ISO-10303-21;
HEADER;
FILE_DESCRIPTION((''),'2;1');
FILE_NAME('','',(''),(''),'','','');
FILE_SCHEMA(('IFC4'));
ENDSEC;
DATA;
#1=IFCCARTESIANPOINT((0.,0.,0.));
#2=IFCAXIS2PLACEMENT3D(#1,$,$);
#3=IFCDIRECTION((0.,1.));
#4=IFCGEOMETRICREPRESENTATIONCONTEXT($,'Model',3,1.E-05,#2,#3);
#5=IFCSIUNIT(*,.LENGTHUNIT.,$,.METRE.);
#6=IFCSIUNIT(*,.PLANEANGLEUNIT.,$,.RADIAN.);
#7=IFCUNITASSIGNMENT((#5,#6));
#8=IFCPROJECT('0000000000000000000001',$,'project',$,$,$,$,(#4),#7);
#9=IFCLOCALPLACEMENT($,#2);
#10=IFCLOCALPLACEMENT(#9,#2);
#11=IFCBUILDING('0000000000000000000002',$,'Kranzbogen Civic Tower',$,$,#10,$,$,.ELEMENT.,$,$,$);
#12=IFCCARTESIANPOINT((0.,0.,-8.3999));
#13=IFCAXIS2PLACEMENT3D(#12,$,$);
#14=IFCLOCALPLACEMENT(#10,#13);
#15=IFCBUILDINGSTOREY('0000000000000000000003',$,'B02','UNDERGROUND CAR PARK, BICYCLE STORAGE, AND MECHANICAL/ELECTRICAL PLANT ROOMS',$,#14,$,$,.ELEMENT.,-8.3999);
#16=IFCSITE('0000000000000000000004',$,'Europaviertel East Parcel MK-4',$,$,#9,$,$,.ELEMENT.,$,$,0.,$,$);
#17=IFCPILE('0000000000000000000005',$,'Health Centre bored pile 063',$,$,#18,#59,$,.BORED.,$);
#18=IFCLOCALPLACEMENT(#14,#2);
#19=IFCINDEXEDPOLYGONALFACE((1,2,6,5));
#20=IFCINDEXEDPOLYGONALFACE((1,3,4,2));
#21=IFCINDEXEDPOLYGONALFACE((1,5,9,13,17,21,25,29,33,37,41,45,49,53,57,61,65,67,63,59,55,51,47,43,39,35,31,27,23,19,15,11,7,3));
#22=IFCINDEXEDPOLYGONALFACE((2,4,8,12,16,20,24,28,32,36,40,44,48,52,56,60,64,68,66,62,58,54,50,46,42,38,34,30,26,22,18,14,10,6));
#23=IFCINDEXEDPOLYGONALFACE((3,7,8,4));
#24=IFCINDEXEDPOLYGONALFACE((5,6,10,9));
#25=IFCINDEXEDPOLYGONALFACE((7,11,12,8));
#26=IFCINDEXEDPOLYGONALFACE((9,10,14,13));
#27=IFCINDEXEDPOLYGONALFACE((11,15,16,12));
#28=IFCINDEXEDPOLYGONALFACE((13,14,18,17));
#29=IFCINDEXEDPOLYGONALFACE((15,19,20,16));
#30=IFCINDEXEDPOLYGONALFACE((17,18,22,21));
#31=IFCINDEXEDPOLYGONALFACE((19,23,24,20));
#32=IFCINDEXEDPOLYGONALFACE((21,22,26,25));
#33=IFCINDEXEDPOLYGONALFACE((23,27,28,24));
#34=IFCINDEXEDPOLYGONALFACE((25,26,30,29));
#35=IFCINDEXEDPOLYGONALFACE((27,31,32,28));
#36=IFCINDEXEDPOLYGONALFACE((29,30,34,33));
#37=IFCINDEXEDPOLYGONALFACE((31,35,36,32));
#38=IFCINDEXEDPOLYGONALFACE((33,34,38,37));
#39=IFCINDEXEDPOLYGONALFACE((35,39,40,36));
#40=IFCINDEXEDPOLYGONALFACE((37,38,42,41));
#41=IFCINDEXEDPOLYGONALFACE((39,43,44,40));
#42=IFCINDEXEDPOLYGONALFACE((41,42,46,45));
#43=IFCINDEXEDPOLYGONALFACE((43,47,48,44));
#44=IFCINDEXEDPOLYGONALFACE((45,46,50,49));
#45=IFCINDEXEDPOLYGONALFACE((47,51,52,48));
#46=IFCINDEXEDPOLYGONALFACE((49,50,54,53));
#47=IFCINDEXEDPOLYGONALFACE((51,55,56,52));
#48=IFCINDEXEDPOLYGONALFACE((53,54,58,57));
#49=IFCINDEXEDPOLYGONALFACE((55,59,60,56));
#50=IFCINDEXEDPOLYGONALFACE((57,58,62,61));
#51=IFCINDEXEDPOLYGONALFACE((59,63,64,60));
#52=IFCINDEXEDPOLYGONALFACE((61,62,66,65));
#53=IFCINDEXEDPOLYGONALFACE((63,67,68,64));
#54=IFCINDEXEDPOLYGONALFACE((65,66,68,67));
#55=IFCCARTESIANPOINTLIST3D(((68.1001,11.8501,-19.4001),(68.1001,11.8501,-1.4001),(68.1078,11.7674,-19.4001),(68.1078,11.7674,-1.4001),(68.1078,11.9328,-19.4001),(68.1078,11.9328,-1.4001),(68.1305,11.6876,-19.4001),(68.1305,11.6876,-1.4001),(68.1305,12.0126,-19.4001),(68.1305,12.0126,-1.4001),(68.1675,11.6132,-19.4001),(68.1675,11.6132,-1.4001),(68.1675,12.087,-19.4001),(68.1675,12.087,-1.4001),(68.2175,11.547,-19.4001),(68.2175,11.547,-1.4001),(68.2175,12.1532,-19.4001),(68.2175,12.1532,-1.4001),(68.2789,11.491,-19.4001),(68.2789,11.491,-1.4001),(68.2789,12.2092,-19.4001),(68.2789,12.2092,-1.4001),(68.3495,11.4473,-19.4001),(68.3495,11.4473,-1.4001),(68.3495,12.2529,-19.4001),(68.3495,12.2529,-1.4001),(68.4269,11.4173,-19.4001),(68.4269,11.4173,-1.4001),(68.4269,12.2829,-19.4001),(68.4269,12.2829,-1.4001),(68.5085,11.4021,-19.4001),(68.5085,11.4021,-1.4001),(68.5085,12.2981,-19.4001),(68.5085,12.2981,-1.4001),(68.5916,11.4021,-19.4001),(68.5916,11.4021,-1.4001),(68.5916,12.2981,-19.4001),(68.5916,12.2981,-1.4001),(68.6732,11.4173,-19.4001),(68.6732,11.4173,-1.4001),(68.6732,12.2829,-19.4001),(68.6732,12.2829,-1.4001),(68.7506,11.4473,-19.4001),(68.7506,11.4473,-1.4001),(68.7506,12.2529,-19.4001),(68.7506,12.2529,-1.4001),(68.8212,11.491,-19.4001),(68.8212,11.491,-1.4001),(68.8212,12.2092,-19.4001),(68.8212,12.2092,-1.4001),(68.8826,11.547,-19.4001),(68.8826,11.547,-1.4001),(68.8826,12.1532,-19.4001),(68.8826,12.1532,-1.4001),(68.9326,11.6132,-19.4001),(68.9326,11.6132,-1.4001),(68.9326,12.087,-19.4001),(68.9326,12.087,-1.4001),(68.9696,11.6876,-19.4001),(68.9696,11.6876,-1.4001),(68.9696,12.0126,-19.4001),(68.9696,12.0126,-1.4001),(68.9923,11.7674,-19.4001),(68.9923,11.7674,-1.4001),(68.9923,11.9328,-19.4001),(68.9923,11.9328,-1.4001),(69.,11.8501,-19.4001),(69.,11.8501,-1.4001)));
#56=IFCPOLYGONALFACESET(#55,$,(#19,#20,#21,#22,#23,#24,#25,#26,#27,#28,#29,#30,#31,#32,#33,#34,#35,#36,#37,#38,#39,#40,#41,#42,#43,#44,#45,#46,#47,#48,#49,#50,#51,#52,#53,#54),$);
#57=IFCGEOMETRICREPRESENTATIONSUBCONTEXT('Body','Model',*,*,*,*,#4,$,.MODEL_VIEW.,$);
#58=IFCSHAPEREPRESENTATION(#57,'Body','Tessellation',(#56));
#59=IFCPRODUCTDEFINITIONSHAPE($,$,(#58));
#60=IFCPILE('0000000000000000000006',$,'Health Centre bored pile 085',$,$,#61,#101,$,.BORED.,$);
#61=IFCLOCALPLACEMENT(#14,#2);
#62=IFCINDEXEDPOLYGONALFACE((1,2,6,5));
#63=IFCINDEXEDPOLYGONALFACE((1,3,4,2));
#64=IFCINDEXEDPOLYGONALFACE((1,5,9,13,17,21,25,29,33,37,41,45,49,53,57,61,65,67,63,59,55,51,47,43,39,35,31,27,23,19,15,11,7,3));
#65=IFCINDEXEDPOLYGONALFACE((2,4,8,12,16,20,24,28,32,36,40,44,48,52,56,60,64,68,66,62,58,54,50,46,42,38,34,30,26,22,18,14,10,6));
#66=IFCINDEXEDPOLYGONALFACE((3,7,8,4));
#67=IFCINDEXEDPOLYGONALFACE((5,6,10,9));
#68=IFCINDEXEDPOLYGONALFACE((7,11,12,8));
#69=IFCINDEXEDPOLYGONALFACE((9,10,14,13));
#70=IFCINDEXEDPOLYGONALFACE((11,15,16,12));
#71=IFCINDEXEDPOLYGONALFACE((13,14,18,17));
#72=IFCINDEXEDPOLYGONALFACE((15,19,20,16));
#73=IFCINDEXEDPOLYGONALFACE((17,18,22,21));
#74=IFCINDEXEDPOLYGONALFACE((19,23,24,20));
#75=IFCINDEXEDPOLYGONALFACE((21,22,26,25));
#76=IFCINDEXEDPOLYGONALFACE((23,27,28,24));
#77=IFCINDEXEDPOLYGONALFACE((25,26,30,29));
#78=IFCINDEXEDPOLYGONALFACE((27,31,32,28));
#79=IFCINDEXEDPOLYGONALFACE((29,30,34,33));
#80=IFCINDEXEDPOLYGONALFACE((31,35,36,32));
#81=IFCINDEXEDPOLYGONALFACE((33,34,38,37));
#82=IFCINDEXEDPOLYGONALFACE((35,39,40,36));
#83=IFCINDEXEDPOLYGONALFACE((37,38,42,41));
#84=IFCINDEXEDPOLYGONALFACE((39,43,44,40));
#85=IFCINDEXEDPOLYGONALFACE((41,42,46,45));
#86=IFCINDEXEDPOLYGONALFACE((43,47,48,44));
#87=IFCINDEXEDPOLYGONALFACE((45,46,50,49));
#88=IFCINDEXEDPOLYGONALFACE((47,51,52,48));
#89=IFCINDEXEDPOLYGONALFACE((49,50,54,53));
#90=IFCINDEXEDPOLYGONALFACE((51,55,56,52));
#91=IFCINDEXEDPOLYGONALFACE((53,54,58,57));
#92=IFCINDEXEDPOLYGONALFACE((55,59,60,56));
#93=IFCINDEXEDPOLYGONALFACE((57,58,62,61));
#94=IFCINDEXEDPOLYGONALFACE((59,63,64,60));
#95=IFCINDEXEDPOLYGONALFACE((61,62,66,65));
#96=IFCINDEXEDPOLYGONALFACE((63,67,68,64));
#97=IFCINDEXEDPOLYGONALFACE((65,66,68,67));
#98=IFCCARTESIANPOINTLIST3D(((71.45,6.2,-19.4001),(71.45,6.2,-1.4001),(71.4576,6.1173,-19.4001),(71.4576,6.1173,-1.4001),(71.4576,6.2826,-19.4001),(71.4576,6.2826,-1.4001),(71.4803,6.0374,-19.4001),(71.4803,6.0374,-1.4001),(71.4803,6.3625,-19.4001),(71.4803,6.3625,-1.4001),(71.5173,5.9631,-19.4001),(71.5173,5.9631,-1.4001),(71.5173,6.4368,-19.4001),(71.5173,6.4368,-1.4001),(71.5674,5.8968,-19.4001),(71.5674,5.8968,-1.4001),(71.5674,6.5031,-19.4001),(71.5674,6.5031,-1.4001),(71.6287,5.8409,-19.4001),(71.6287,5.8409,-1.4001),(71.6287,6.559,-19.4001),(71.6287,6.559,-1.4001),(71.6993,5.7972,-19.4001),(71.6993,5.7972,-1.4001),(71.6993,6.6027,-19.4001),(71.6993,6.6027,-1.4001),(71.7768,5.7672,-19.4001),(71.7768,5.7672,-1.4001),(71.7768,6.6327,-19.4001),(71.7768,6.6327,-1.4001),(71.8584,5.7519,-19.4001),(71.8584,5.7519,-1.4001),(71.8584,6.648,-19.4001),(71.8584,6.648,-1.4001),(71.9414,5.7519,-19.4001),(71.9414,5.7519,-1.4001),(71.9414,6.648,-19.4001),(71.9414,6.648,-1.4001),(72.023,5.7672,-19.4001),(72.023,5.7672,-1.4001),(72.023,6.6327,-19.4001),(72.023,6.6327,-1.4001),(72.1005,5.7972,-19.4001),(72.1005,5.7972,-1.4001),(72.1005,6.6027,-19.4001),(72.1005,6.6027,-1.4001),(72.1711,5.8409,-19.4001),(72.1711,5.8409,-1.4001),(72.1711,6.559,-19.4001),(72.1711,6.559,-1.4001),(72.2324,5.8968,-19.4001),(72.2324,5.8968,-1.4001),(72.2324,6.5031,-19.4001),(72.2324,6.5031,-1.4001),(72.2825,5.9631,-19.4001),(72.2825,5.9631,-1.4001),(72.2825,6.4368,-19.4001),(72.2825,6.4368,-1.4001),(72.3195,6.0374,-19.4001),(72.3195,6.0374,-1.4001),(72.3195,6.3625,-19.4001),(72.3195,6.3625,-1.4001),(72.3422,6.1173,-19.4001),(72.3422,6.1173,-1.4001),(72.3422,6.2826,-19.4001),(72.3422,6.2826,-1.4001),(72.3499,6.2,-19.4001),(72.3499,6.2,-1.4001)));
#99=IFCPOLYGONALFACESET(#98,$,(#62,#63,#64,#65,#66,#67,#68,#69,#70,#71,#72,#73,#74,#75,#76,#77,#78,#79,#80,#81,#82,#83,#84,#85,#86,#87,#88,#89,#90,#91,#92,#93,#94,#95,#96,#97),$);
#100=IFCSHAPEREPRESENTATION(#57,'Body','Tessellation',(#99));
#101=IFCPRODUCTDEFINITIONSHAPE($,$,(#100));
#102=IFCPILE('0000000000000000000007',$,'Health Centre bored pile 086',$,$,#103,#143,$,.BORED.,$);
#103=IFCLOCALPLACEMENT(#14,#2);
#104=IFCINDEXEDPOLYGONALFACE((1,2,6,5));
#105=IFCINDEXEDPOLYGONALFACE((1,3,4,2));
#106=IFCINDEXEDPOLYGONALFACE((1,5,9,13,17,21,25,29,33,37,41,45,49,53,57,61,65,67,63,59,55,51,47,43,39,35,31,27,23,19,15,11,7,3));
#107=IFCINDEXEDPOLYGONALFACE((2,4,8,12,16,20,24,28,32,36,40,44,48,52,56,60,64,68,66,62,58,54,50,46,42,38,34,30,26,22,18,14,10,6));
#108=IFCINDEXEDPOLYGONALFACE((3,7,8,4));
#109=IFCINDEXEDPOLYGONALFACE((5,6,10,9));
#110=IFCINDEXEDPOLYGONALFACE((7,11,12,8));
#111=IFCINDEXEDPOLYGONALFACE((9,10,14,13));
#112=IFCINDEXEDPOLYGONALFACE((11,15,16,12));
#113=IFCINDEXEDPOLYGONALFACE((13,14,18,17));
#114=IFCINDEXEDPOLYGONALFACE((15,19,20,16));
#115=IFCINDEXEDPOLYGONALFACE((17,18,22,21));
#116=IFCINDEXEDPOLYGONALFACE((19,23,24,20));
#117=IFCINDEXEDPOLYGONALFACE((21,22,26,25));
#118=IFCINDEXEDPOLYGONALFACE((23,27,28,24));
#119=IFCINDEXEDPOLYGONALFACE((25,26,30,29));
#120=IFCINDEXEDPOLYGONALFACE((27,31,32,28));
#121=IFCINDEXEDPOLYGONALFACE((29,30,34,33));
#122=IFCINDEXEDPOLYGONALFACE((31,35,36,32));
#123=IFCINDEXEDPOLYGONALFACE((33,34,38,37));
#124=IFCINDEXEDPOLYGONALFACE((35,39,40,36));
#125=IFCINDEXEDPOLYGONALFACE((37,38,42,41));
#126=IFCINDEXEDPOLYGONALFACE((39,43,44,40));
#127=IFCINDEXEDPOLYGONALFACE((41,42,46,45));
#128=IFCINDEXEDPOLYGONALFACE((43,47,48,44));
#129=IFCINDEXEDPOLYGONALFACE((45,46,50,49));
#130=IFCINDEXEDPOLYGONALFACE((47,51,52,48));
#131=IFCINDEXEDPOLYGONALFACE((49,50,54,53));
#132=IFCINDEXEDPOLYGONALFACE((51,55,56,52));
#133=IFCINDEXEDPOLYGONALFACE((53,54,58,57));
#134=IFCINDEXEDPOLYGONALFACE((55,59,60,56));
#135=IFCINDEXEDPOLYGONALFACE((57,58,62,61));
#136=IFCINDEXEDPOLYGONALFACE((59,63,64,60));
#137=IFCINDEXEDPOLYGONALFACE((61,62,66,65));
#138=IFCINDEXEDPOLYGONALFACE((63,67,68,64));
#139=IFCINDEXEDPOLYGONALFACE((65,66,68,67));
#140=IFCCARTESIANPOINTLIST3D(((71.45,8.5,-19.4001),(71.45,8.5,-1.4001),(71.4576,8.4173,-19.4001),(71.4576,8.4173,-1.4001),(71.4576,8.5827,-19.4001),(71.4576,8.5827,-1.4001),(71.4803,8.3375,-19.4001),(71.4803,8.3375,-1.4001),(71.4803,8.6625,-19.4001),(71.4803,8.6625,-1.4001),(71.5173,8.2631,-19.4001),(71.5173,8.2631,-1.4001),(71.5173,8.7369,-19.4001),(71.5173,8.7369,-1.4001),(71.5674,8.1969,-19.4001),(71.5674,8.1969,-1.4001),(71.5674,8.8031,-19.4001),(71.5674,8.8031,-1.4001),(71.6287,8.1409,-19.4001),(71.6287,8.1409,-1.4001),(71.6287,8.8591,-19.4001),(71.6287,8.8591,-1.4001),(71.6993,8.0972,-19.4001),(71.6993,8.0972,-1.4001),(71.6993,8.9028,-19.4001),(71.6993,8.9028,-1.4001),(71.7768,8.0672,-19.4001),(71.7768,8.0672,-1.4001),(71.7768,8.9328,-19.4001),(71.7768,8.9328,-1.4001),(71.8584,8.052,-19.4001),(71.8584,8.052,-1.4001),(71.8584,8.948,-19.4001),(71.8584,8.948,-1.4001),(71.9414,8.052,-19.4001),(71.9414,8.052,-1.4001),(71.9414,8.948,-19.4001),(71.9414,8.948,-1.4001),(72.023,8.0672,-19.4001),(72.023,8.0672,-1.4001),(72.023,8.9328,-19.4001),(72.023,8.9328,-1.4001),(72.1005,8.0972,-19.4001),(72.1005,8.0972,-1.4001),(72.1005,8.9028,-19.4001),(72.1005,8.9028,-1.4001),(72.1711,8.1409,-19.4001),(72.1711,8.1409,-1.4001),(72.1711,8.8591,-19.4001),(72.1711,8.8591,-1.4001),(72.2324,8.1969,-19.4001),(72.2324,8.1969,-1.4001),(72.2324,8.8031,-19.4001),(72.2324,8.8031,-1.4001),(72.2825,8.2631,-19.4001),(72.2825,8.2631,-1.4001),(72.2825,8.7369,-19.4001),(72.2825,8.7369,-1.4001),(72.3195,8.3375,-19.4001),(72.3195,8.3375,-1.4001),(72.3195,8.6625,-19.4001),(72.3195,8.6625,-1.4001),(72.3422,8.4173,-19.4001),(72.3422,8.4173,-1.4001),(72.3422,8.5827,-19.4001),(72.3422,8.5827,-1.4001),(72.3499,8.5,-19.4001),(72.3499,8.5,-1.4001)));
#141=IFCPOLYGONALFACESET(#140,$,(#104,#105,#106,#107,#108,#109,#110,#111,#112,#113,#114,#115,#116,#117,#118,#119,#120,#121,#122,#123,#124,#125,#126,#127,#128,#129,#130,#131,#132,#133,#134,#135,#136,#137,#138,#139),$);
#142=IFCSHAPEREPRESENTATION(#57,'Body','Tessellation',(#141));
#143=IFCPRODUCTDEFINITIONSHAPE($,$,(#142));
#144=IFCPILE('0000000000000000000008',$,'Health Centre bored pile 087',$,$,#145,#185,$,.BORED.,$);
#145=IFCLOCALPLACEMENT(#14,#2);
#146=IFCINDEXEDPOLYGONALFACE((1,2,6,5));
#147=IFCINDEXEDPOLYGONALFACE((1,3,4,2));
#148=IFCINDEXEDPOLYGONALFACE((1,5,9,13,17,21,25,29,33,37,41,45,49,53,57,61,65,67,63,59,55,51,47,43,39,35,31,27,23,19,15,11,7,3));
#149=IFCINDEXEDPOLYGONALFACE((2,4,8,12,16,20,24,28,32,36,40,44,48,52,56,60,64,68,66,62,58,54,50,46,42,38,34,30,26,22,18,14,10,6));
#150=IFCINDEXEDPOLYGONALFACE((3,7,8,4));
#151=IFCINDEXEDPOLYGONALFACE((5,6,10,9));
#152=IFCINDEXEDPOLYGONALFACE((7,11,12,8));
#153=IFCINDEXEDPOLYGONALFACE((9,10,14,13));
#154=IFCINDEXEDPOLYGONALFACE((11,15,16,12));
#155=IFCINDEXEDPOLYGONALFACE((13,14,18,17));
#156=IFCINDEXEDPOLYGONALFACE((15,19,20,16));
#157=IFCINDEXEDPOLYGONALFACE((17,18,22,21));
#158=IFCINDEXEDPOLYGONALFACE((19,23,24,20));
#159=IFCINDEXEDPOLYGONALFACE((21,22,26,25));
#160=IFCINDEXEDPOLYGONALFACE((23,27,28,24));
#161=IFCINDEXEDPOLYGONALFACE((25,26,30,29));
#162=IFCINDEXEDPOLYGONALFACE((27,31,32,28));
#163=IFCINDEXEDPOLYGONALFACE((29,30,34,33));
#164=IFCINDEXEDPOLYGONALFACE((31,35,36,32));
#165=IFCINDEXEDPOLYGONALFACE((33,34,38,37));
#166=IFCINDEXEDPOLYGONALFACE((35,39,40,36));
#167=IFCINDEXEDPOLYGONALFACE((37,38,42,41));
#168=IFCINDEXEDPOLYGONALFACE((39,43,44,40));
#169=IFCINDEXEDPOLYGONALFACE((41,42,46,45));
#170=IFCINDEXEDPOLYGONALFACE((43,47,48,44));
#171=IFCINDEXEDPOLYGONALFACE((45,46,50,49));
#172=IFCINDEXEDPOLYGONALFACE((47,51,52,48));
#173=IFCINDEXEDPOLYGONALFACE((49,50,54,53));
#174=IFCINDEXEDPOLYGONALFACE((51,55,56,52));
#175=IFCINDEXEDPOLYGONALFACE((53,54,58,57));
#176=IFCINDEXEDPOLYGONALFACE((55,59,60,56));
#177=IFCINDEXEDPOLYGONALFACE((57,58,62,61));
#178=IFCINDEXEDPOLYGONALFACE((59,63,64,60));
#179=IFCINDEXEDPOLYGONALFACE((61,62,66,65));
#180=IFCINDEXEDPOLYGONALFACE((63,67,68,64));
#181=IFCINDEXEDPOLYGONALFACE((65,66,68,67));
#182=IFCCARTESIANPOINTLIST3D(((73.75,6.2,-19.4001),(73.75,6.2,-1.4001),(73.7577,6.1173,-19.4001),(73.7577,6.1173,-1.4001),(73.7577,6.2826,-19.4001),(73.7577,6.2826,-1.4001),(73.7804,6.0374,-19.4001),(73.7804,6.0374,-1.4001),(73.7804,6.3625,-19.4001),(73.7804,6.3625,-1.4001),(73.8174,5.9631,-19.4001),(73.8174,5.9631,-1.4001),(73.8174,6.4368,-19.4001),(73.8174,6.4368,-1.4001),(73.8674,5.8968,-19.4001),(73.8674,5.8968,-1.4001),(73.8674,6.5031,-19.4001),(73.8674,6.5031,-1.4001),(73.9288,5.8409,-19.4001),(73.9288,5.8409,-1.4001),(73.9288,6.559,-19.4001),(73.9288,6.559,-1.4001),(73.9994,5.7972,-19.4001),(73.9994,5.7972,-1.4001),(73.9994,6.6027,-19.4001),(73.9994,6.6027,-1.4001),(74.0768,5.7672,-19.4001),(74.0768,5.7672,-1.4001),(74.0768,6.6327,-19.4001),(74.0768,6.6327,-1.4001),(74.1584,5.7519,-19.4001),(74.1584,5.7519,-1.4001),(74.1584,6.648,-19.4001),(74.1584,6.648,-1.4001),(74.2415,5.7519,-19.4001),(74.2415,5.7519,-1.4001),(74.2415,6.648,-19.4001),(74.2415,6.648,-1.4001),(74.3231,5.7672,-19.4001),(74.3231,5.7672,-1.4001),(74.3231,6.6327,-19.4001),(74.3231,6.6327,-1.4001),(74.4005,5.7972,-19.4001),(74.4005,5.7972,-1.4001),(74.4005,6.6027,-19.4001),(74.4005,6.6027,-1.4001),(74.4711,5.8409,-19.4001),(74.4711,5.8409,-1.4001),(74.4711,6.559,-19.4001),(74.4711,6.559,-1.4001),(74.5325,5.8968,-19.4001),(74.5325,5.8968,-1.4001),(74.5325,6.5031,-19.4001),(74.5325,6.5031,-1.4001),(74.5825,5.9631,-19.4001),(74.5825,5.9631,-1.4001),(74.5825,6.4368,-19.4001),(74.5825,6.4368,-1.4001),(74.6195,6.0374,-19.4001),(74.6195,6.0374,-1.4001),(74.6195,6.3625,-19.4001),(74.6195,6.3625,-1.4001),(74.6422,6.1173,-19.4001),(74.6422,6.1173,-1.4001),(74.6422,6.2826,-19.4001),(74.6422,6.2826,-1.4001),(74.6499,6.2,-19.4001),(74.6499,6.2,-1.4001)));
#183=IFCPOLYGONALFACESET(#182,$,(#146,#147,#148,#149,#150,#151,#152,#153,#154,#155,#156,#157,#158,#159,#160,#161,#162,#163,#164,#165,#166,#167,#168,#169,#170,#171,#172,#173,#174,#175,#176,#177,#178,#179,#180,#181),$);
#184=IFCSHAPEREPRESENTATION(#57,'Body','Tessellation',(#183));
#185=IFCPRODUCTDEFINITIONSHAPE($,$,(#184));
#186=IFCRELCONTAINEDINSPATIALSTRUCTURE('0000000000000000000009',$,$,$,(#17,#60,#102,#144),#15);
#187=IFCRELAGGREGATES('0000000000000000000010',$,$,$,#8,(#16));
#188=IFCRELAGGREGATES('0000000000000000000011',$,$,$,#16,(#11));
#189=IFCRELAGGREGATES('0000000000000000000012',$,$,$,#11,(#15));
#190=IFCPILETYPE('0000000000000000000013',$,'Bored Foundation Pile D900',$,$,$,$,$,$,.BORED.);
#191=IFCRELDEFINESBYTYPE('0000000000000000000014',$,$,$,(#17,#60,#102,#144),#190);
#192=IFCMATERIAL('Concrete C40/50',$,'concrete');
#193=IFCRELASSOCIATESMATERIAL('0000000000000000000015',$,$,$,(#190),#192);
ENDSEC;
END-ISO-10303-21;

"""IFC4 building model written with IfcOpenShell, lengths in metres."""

from ifc_helpers import new_model, si_unit, direction, frame, origin, origin_2d, place, context, subcontext, project, spatial, circle, extrude, material, material_profile, profile_set, type_object, element, save


model = new_model("IFC4")

# Units and contexts
model_context = context("Model", 3, precision=1e-05, world=origin(), true_north=direction((0.0, 1.0)))
body_context = subcontext(model_context, "Body", "Model", "MODEL_VIEW")
ifc_project = project(units=[si_unit("LENGTHUNIT", "METRE"), si_unit("PLANEANGLEUNIT", "RADIAN")], contexts=[model_context])

# Site, building, storey
site_placement = place(None, origin())
site = spatial("IfcSite", under=ifc_project, at=site_placement, Name="Europaviertel East Parcel MK-4", CompositionType="ELEMENT", RefElevation=0.0)
building_placement = place(site_placement, origin())
building = spatial("IfcBuilding", under=site, at=building_placement, Name="Kranzbogen Civic Tower", CompositionType="ELEMENT")
storey_placement = place(building_placement, frame((0.0, 0.0, -8.3999)))
storey = spatial("IfcBuildingStorey", under=building, at=storey_placement, Name="B02", Description="UNDERGROUND CAR PARK, BICYCLE STORAGE, AND MECHANICAL/ELECTRICAL PLANT ROOMS", CompositionType="ELEMENT", Elevation=-8.3999)

# Piles
ifc_material_1 = material(Name="Concrete C40/50", Category="concrete")
ifc_material_profile_1 = material_profile(ifc_material_1, circle(Radius=0.45, at=origin_2d()), Name="PILE D900")
ifc_profile_set_1 = profile_set([ifc_material_profile_1], Name="Concrete C40/50")
pile_type = type_object("IfcPileType", Name="Bored Foundation Pile D900", PredefinedType="BORED", material=ifc_profile_set_1)
for number, where, z_axis, x_axis, name in (
    (1, (68.55, 11.8501, -1.4001), (0.0, 0.0, -1.0), (1.0, 0.0, 0.0), "Health Centre bored pile 063"),
    (2, (71.8999, 6.2, -1.4001), (0.0, 0.0, -1.0), (1.0, 0.0, 0.0), "Health Centre bored pile 085"),
    (3, (71.8999, 8.5, -1.4001), (0.0, 0.0, -1.0), (1.0, 0.0, 0.0), "Health Centre bored pile 086"),
    (4, (74.2, 6.2, -1.4001), (0.0, 0.0, -1.0), (1.0, 0.0, 0.0), "Health Centre bored pile 087"),
):
    element("IfcPile", number, at=place(storey_placement, frame(where, z_axis=z_axis, x_axis=x_axis)), inside=storey, type_object=pile_type, Name=name, PredefinedType="BORED", context=body_context, shape_type="SweptSolid", body=[
        extrude(circle(Radius=0.45, at=origin_2d()), origin(), (0.0, 0.0, 1.0), 18.0),
    ])

save(model, "model.ifc")
